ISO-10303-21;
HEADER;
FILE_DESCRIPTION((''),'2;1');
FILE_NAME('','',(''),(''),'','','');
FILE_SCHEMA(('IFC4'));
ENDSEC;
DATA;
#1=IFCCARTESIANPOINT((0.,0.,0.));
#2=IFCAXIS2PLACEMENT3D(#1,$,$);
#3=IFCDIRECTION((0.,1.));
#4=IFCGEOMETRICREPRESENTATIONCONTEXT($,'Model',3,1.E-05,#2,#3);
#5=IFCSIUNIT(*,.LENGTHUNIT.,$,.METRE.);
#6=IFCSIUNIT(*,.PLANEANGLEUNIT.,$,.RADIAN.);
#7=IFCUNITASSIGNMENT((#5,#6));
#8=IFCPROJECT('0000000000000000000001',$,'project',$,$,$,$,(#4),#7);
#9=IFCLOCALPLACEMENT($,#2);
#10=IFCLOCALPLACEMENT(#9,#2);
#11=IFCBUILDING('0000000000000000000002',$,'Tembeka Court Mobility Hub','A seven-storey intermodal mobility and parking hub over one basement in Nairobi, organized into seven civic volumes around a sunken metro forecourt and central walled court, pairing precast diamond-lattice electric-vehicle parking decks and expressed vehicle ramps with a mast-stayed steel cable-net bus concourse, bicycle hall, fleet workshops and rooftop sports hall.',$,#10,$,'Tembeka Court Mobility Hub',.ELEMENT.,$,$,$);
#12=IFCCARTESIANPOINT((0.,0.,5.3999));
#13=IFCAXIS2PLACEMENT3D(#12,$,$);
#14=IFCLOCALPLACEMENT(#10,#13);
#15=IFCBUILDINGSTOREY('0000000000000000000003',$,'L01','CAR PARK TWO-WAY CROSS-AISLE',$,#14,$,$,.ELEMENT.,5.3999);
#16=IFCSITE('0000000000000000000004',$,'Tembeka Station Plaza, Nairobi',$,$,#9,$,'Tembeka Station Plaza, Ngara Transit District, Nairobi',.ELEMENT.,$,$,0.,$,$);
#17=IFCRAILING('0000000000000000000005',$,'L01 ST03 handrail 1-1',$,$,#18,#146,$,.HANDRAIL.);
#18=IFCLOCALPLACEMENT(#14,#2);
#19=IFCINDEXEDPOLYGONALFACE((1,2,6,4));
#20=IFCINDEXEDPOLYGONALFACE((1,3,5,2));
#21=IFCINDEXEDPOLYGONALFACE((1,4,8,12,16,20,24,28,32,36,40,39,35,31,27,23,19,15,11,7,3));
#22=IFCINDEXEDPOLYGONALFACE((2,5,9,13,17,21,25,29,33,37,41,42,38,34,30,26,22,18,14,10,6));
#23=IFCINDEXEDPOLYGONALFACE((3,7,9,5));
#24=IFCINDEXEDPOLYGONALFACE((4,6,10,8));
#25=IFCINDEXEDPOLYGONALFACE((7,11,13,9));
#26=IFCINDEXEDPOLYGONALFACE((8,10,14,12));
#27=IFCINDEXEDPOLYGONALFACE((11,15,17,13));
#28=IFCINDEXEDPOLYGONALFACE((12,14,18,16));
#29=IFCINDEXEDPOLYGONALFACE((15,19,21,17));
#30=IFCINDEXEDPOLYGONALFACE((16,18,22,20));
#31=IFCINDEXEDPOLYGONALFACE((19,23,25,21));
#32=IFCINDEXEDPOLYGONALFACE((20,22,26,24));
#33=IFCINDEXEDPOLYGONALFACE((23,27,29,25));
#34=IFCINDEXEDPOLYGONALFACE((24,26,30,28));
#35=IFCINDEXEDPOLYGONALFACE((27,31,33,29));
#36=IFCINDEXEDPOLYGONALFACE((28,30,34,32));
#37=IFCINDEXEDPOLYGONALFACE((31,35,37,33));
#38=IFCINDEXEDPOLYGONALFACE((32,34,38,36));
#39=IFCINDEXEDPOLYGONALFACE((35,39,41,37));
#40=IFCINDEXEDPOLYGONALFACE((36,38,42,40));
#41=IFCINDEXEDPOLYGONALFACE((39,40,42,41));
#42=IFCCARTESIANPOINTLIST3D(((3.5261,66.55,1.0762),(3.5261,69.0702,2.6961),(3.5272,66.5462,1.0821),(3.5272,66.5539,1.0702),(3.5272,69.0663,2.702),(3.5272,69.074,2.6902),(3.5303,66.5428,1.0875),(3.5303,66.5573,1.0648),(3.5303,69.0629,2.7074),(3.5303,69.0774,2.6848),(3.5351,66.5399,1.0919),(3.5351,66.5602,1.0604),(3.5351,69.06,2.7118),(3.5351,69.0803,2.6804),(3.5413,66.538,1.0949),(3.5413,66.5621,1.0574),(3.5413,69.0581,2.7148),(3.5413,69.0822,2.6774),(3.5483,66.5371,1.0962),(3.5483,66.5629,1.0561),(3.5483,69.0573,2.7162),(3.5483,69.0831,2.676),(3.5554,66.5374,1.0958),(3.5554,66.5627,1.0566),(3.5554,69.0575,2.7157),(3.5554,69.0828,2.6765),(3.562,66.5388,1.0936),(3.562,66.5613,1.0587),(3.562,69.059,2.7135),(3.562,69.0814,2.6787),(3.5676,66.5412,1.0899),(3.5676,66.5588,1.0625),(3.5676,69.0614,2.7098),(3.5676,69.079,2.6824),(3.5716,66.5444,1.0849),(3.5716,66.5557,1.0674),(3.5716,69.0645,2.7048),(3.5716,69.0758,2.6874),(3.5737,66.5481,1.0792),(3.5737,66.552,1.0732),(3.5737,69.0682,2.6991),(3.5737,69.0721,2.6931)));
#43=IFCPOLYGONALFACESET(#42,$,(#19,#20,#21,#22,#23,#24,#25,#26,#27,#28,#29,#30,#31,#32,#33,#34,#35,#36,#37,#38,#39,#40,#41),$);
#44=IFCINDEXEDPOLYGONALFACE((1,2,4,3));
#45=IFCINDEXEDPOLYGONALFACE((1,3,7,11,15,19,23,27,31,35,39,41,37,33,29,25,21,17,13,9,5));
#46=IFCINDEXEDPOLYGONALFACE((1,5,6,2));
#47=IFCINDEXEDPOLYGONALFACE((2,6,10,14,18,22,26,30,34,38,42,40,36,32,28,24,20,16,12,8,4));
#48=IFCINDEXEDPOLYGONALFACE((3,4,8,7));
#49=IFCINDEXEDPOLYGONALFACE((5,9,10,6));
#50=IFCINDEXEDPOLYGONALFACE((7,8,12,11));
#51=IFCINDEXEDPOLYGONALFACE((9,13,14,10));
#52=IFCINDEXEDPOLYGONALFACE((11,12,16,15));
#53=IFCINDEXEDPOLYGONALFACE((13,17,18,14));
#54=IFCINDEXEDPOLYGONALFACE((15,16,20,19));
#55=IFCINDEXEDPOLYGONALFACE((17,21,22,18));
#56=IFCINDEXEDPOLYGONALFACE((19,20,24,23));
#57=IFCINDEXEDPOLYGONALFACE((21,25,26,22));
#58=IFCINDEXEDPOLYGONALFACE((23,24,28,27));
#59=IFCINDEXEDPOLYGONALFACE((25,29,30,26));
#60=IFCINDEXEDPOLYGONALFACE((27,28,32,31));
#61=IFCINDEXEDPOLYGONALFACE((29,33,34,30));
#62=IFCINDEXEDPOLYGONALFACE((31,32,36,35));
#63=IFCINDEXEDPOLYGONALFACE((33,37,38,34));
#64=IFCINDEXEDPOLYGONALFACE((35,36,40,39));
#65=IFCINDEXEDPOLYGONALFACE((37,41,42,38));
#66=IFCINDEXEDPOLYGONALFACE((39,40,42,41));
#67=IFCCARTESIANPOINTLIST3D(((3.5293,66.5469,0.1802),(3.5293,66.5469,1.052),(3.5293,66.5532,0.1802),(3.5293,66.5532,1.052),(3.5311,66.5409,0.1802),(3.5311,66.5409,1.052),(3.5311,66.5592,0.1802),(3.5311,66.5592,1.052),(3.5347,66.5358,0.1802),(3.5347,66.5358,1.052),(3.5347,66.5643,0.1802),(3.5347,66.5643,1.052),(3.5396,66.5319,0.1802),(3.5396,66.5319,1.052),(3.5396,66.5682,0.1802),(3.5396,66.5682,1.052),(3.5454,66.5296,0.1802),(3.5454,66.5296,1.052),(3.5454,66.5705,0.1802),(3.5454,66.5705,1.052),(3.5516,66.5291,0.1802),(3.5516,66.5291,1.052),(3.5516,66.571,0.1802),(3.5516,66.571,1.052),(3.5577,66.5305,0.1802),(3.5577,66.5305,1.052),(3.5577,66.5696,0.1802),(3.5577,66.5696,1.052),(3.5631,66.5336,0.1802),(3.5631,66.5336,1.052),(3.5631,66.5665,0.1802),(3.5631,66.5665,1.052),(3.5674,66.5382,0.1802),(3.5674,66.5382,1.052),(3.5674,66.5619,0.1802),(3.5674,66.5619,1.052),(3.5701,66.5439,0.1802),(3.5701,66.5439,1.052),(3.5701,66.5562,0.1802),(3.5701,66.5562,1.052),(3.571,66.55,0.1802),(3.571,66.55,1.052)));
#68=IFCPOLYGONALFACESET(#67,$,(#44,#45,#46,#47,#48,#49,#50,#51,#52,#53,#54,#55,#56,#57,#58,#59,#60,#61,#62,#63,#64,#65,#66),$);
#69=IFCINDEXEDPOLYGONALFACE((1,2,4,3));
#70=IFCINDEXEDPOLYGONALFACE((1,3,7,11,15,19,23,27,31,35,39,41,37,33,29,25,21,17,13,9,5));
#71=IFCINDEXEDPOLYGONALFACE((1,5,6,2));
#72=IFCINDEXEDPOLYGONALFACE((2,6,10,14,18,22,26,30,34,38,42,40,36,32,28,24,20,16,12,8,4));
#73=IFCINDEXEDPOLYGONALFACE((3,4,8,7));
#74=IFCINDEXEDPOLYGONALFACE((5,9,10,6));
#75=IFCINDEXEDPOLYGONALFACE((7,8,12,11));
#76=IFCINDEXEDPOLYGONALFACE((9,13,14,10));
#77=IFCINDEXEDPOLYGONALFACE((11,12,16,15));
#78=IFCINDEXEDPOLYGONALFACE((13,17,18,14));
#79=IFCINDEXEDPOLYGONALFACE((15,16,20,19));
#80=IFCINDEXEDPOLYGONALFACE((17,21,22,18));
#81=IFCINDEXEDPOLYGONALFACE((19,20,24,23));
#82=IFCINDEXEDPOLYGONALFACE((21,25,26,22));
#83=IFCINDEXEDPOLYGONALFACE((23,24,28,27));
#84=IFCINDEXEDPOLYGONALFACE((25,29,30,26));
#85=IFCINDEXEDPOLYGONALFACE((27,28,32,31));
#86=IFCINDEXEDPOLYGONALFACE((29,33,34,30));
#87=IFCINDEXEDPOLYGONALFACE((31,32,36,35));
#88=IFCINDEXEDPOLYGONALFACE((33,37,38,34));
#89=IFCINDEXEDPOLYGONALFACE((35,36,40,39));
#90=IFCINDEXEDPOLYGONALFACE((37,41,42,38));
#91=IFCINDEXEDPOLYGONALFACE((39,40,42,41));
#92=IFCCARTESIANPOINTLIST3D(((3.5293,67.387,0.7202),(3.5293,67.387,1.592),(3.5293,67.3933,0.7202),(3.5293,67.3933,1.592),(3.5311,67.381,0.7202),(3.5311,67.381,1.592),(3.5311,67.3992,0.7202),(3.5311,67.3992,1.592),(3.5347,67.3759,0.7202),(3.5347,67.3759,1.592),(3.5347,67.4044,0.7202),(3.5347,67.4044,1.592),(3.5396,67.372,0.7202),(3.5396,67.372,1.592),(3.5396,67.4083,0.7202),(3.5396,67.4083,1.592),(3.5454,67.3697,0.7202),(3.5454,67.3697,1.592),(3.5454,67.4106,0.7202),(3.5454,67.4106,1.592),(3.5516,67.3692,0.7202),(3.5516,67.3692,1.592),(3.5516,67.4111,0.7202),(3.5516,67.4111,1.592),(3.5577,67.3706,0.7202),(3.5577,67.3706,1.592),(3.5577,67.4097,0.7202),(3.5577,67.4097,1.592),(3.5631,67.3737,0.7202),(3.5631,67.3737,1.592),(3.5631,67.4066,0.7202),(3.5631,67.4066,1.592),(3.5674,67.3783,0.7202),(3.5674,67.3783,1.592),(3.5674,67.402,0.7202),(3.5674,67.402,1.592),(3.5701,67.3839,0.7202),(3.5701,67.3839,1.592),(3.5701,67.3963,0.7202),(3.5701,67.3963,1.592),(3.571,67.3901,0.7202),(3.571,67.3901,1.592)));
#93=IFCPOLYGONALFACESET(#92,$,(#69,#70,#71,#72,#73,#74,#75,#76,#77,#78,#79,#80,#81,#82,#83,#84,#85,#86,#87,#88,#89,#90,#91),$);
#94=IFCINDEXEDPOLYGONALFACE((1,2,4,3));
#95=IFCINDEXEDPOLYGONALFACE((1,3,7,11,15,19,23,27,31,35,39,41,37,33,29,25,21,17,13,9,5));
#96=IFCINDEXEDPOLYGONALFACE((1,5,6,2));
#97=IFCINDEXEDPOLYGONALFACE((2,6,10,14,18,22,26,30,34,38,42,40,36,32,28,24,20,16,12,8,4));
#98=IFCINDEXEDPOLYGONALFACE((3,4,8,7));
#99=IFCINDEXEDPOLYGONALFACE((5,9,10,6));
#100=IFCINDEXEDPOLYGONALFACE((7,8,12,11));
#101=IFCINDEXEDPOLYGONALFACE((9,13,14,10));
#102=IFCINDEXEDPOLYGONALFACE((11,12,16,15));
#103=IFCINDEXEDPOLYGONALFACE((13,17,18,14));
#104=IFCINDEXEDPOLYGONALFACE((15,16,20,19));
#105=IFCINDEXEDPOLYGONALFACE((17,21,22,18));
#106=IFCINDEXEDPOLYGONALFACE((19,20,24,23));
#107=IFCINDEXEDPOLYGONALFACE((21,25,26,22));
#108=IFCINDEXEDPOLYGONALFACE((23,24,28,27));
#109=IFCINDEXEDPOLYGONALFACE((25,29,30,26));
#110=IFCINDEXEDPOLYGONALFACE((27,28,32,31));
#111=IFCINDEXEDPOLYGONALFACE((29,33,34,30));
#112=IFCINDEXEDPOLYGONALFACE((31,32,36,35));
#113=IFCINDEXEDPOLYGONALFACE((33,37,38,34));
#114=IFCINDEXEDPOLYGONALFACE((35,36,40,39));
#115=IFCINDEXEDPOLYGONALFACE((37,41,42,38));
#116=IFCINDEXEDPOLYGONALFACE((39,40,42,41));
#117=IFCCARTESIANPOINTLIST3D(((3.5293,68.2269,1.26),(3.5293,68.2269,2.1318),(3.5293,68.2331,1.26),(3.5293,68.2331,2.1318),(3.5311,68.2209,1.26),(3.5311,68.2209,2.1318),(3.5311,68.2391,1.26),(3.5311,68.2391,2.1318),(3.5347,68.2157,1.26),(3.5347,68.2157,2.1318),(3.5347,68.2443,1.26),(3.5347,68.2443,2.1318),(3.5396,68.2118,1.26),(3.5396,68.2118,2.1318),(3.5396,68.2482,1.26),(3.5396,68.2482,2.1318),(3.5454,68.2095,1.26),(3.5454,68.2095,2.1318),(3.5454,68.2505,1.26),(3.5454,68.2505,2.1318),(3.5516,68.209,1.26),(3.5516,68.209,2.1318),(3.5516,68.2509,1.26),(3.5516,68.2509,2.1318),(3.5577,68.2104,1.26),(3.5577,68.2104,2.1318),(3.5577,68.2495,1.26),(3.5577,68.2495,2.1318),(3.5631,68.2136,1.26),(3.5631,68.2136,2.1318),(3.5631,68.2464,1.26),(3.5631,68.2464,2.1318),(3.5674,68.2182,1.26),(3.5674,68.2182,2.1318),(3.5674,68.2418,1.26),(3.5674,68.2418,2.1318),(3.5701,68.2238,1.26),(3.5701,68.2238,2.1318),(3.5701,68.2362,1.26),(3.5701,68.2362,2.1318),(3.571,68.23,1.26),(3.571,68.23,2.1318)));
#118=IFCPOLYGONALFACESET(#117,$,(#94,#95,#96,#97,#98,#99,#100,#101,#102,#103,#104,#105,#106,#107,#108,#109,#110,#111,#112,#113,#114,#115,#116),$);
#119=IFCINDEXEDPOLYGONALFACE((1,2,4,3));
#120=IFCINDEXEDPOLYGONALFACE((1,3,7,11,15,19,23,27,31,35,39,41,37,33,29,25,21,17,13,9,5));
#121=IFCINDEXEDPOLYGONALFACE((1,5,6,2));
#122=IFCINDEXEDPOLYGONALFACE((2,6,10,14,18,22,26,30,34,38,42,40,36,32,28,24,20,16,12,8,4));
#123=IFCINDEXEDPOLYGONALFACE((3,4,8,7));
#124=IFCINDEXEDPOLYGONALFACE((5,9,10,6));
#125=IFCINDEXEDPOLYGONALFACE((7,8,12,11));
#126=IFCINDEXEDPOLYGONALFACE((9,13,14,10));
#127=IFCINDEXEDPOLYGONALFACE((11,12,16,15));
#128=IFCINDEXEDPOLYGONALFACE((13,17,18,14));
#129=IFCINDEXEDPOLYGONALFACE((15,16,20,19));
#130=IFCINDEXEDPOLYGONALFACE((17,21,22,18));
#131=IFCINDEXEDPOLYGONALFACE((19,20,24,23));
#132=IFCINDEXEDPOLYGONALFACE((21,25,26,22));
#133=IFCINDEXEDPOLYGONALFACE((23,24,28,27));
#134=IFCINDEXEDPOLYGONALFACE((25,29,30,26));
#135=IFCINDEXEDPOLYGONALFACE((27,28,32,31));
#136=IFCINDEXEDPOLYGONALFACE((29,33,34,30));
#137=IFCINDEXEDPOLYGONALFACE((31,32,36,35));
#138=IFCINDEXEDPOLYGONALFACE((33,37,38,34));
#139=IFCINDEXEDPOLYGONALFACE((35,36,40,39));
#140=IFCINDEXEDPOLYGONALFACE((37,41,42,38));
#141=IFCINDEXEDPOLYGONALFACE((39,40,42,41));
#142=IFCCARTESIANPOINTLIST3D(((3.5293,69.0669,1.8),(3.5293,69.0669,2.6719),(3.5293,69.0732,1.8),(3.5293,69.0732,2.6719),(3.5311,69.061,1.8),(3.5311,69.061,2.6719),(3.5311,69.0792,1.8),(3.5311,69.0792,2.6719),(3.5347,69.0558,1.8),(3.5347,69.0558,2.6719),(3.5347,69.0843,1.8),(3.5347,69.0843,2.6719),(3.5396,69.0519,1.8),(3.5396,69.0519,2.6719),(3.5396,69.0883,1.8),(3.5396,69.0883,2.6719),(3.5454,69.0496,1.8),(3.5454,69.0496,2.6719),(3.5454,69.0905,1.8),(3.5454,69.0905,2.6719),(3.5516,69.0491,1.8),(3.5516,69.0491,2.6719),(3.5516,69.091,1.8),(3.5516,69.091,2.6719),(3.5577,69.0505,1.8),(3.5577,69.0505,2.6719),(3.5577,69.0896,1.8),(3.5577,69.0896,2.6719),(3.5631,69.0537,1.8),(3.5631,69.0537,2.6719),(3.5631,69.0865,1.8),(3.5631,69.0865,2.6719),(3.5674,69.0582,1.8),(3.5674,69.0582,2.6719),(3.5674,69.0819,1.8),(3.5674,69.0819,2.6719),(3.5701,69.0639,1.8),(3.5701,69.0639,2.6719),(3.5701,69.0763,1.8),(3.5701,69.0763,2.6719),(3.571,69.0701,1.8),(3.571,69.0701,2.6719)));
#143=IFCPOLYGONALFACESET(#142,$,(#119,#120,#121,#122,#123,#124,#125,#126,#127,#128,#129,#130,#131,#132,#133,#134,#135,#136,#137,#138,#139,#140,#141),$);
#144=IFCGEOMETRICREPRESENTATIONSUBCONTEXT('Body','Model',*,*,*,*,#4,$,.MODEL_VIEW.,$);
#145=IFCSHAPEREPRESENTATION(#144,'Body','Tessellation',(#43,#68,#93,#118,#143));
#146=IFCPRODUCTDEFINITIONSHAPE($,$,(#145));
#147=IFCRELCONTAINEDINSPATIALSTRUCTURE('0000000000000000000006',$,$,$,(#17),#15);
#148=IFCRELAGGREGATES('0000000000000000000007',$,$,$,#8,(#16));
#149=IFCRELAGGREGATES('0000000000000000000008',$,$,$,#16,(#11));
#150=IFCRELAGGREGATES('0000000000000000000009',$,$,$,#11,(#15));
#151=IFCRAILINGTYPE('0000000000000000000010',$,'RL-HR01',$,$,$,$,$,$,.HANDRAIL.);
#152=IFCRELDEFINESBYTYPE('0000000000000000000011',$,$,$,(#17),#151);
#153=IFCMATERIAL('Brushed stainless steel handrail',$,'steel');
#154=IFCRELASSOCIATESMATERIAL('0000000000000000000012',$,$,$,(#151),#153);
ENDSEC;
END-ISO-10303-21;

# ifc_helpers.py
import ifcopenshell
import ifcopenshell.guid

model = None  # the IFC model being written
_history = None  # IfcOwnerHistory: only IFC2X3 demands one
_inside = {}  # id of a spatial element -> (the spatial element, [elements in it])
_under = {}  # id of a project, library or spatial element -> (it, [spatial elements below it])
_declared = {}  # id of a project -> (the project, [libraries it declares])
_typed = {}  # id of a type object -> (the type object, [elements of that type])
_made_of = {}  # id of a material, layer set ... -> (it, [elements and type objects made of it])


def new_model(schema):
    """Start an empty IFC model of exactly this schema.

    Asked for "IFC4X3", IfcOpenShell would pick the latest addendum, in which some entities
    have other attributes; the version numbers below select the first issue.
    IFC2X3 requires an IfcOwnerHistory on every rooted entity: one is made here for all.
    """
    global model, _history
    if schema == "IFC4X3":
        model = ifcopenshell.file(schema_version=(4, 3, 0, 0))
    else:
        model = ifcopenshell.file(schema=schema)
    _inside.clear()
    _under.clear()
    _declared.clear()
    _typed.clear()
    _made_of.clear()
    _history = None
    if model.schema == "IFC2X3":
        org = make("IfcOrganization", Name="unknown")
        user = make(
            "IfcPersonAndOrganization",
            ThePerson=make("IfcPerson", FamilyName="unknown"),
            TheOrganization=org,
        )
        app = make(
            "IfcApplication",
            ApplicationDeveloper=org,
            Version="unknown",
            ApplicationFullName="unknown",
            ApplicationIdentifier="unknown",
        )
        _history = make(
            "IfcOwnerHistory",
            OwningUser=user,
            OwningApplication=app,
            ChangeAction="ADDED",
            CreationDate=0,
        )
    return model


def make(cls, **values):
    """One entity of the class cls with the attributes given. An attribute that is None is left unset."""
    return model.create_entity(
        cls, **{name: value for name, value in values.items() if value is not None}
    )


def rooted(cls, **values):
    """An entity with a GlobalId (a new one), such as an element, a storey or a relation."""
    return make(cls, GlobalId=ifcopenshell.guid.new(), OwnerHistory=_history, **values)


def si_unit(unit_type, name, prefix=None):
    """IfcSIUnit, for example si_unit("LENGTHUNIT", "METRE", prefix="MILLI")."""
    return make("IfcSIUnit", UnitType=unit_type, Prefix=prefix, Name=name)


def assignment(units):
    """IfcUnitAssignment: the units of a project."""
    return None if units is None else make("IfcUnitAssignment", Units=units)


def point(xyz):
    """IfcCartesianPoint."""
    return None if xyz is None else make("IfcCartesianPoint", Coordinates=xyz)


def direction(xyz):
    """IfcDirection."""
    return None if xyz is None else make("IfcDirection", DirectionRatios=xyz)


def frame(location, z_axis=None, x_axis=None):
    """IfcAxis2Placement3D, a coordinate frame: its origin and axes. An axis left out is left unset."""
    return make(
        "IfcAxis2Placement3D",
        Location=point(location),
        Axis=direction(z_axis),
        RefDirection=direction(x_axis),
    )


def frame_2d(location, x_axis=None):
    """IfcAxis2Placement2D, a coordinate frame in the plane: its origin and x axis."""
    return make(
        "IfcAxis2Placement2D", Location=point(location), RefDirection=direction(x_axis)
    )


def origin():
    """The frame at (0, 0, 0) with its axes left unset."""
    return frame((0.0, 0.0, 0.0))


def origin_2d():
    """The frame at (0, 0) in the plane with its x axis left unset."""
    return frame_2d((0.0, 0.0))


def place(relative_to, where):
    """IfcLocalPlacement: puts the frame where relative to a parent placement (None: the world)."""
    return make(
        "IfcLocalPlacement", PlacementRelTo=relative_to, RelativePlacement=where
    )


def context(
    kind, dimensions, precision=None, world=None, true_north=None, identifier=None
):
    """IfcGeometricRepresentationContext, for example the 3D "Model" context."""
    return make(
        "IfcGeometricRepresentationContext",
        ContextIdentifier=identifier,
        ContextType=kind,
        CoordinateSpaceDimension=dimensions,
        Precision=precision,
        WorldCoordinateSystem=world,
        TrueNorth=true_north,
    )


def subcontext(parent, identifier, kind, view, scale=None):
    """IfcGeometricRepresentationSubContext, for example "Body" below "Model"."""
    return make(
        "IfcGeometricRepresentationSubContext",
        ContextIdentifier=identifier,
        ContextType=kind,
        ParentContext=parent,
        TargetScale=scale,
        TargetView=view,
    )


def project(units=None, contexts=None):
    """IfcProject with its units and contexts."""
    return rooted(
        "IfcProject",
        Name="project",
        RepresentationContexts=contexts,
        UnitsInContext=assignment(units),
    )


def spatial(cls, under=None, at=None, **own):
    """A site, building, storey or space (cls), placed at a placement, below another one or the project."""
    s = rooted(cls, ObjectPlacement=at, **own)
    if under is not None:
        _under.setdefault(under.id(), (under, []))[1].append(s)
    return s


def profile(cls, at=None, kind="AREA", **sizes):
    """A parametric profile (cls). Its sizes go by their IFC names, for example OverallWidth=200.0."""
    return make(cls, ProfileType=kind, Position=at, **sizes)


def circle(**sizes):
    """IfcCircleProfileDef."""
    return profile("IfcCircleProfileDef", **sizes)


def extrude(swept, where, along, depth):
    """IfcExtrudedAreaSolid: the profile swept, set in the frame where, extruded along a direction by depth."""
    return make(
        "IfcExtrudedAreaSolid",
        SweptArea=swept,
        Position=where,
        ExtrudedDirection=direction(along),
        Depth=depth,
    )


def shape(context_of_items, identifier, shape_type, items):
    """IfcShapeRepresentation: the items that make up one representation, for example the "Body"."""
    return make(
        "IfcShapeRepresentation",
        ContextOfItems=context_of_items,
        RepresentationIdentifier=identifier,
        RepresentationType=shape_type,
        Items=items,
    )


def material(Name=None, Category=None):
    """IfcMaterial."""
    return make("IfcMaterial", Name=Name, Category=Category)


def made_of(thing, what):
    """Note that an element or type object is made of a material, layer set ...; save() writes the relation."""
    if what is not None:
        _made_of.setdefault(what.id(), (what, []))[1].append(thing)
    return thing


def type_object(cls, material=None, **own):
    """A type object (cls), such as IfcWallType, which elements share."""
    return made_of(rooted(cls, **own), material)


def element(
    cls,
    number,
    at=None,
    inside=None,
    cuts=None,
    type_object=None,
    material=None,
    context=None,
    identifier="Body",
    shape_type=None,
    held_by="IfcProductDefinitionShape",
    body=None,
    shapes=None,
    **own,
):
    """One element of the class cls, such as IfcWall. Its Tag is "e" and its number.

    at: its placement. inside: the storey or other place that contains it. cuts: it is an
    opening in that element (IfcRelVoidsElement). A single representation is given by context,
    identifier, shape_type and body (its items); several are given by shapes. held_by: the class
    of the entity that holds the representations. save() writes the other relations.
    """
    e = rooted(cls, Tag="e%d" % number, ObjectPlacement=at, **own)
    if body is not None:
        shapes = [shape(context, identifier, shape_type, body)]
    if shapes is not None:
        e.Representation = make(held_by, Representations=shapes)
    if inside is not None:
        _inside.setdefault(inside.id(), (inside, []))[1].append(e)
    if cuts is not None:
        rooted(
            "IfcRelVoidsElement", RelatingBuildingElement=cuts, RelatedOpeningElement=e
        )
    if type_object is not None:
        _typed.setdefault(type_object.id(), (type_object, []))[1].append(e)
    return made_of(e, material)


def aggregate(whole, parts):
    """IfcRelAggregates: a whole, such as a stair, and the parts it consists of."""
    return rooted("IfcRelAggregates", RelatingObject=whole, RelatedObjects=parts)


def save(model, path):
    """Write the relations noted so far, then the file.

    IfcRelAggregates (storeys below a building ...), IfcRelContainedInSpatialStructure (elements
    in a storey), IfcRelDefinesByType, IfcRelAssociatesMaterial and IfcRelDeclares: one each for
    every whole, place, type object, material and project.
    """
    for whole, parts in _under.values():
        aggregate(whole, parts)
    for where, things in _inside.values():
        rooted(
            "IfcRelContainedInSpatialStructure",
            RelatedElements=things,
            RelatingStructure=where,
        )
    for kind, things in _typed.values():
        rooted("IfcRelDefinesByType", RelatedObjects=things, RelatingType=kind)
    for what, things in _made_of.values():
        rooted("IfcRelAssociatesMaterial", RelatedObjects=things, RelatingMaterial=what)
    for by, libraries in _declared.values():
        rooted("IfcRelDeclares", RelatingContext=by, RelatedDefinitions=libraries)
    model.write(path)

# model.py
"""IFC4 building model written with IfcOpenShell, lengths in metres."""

from ifc_helpers import new_model, si_unit, direction, frame, origin, origin_2d, place, context, subcontext, project, spatial, circle, extrude, material, type_object, element, save


model = new_model("IFC4")

# Units and contexts
model_context = context("Model", 3, precision=1e-05, world=origin(), true_north=direction((0.0, 1.0)))
body_context = subcontext(model_context, "Body", "Model", "MODEL_VIEW")
ifc_project = project(units=[si_unit("LENGTHUNIT", "METRE"), si_unit("PLANEANGLEUNIT", "RADIAN")], contexts=[model_context])

# Site, building, storey
site_placement = place(None, origin())
site = spatial("IfcSite", under=ifc_project, at=site_placement, Name="Tembeka Station Plaza, Nairobi", LongName="Tembeka Station Plaza, Ngara Transit District, Nairobi", CompositionType="ELEMENT", RefElevation=0.0)
building_placement = place(site_placement, origin())
building = spatial("IfcBuilding", under=site, at=building_placement, Name="Tembeka Court Mobility Hub", Description="A seven-storey intermodal mobility and parking hub over one basement in Nairobi, organized into seven civic volumes around a sunken metro forecourt and central walled court, pairing precast diamond-lattice electric-vehicle parking decks and expressed vehicle ramps with a mast-stayed steel cable-net bus concourse, bicycle hall, fleet workshops and rooftop sports hall.", LongName="Tembeka Court Mobility Hub", CompositionType="ELEMENT")
storey_placement = place(building_placement, frame((0.0, 0.0, 5.3999)))
storey = spatial("IfcBuildingStorey", under=building, at=storey_placement, Name="L01", Description="CAR PARK TWO-WAY CROSS-AISLE", CompositionType="ELEMENT", Elevation=5.3999)

# Railing
ifc_material_1 = material(Name="Brushed stainless steel handrail", Category="steel")
railing_type_1 = type_object("IfcRailingType", Name="RL-HR01", PredefinedType="HANDRAIL", material=ifc_material_1)
railing_1_placement = place(storey_placement, frame((3.55, 66.55, 0.1802)))
element("IfcRailing", 1, at=railing_1_placement, inside=storey, type_object=railing_type_1, Name="L01 ST03 handrail 1-1", PredefinedType="HANDRAIL", context=body_context, shape_type="SweptSolid", body=[
    extrude(circle(Radius=0.0239, at=origin_2d()), frame((0.0, 0.0, 0.896), z_axis=(0.0, 0.8412, 0.540725), x_axis=(-1.0, 0.0, 0.0)), (0.0, 0.0, 1.0), 2.9958),
    extrude(circle(Radius=0.021, at=origin_2d()), origin(), (0.0, 0.0, 1.0), 0.8718),
    extrude(circle(Radius=0.021, at=origin_2d()), frame((0.0, 0.8401, 0.54)), (0.0, 0.0, 1.0), 0.8718),
    extrude(circle(Radius=0.021, at=origin_2d()), frame((0.0, 1.6799, 1.0798)), (0.0, 0.0, 1.0), 0.8718),
    extrude(circle(Radius=0.021, at=origin_2d()), frame((0.0, 2.52, 1.6199)), (0.0, 0.0, 1.0), 0.8718),
])

save(model, "model.ifc")
